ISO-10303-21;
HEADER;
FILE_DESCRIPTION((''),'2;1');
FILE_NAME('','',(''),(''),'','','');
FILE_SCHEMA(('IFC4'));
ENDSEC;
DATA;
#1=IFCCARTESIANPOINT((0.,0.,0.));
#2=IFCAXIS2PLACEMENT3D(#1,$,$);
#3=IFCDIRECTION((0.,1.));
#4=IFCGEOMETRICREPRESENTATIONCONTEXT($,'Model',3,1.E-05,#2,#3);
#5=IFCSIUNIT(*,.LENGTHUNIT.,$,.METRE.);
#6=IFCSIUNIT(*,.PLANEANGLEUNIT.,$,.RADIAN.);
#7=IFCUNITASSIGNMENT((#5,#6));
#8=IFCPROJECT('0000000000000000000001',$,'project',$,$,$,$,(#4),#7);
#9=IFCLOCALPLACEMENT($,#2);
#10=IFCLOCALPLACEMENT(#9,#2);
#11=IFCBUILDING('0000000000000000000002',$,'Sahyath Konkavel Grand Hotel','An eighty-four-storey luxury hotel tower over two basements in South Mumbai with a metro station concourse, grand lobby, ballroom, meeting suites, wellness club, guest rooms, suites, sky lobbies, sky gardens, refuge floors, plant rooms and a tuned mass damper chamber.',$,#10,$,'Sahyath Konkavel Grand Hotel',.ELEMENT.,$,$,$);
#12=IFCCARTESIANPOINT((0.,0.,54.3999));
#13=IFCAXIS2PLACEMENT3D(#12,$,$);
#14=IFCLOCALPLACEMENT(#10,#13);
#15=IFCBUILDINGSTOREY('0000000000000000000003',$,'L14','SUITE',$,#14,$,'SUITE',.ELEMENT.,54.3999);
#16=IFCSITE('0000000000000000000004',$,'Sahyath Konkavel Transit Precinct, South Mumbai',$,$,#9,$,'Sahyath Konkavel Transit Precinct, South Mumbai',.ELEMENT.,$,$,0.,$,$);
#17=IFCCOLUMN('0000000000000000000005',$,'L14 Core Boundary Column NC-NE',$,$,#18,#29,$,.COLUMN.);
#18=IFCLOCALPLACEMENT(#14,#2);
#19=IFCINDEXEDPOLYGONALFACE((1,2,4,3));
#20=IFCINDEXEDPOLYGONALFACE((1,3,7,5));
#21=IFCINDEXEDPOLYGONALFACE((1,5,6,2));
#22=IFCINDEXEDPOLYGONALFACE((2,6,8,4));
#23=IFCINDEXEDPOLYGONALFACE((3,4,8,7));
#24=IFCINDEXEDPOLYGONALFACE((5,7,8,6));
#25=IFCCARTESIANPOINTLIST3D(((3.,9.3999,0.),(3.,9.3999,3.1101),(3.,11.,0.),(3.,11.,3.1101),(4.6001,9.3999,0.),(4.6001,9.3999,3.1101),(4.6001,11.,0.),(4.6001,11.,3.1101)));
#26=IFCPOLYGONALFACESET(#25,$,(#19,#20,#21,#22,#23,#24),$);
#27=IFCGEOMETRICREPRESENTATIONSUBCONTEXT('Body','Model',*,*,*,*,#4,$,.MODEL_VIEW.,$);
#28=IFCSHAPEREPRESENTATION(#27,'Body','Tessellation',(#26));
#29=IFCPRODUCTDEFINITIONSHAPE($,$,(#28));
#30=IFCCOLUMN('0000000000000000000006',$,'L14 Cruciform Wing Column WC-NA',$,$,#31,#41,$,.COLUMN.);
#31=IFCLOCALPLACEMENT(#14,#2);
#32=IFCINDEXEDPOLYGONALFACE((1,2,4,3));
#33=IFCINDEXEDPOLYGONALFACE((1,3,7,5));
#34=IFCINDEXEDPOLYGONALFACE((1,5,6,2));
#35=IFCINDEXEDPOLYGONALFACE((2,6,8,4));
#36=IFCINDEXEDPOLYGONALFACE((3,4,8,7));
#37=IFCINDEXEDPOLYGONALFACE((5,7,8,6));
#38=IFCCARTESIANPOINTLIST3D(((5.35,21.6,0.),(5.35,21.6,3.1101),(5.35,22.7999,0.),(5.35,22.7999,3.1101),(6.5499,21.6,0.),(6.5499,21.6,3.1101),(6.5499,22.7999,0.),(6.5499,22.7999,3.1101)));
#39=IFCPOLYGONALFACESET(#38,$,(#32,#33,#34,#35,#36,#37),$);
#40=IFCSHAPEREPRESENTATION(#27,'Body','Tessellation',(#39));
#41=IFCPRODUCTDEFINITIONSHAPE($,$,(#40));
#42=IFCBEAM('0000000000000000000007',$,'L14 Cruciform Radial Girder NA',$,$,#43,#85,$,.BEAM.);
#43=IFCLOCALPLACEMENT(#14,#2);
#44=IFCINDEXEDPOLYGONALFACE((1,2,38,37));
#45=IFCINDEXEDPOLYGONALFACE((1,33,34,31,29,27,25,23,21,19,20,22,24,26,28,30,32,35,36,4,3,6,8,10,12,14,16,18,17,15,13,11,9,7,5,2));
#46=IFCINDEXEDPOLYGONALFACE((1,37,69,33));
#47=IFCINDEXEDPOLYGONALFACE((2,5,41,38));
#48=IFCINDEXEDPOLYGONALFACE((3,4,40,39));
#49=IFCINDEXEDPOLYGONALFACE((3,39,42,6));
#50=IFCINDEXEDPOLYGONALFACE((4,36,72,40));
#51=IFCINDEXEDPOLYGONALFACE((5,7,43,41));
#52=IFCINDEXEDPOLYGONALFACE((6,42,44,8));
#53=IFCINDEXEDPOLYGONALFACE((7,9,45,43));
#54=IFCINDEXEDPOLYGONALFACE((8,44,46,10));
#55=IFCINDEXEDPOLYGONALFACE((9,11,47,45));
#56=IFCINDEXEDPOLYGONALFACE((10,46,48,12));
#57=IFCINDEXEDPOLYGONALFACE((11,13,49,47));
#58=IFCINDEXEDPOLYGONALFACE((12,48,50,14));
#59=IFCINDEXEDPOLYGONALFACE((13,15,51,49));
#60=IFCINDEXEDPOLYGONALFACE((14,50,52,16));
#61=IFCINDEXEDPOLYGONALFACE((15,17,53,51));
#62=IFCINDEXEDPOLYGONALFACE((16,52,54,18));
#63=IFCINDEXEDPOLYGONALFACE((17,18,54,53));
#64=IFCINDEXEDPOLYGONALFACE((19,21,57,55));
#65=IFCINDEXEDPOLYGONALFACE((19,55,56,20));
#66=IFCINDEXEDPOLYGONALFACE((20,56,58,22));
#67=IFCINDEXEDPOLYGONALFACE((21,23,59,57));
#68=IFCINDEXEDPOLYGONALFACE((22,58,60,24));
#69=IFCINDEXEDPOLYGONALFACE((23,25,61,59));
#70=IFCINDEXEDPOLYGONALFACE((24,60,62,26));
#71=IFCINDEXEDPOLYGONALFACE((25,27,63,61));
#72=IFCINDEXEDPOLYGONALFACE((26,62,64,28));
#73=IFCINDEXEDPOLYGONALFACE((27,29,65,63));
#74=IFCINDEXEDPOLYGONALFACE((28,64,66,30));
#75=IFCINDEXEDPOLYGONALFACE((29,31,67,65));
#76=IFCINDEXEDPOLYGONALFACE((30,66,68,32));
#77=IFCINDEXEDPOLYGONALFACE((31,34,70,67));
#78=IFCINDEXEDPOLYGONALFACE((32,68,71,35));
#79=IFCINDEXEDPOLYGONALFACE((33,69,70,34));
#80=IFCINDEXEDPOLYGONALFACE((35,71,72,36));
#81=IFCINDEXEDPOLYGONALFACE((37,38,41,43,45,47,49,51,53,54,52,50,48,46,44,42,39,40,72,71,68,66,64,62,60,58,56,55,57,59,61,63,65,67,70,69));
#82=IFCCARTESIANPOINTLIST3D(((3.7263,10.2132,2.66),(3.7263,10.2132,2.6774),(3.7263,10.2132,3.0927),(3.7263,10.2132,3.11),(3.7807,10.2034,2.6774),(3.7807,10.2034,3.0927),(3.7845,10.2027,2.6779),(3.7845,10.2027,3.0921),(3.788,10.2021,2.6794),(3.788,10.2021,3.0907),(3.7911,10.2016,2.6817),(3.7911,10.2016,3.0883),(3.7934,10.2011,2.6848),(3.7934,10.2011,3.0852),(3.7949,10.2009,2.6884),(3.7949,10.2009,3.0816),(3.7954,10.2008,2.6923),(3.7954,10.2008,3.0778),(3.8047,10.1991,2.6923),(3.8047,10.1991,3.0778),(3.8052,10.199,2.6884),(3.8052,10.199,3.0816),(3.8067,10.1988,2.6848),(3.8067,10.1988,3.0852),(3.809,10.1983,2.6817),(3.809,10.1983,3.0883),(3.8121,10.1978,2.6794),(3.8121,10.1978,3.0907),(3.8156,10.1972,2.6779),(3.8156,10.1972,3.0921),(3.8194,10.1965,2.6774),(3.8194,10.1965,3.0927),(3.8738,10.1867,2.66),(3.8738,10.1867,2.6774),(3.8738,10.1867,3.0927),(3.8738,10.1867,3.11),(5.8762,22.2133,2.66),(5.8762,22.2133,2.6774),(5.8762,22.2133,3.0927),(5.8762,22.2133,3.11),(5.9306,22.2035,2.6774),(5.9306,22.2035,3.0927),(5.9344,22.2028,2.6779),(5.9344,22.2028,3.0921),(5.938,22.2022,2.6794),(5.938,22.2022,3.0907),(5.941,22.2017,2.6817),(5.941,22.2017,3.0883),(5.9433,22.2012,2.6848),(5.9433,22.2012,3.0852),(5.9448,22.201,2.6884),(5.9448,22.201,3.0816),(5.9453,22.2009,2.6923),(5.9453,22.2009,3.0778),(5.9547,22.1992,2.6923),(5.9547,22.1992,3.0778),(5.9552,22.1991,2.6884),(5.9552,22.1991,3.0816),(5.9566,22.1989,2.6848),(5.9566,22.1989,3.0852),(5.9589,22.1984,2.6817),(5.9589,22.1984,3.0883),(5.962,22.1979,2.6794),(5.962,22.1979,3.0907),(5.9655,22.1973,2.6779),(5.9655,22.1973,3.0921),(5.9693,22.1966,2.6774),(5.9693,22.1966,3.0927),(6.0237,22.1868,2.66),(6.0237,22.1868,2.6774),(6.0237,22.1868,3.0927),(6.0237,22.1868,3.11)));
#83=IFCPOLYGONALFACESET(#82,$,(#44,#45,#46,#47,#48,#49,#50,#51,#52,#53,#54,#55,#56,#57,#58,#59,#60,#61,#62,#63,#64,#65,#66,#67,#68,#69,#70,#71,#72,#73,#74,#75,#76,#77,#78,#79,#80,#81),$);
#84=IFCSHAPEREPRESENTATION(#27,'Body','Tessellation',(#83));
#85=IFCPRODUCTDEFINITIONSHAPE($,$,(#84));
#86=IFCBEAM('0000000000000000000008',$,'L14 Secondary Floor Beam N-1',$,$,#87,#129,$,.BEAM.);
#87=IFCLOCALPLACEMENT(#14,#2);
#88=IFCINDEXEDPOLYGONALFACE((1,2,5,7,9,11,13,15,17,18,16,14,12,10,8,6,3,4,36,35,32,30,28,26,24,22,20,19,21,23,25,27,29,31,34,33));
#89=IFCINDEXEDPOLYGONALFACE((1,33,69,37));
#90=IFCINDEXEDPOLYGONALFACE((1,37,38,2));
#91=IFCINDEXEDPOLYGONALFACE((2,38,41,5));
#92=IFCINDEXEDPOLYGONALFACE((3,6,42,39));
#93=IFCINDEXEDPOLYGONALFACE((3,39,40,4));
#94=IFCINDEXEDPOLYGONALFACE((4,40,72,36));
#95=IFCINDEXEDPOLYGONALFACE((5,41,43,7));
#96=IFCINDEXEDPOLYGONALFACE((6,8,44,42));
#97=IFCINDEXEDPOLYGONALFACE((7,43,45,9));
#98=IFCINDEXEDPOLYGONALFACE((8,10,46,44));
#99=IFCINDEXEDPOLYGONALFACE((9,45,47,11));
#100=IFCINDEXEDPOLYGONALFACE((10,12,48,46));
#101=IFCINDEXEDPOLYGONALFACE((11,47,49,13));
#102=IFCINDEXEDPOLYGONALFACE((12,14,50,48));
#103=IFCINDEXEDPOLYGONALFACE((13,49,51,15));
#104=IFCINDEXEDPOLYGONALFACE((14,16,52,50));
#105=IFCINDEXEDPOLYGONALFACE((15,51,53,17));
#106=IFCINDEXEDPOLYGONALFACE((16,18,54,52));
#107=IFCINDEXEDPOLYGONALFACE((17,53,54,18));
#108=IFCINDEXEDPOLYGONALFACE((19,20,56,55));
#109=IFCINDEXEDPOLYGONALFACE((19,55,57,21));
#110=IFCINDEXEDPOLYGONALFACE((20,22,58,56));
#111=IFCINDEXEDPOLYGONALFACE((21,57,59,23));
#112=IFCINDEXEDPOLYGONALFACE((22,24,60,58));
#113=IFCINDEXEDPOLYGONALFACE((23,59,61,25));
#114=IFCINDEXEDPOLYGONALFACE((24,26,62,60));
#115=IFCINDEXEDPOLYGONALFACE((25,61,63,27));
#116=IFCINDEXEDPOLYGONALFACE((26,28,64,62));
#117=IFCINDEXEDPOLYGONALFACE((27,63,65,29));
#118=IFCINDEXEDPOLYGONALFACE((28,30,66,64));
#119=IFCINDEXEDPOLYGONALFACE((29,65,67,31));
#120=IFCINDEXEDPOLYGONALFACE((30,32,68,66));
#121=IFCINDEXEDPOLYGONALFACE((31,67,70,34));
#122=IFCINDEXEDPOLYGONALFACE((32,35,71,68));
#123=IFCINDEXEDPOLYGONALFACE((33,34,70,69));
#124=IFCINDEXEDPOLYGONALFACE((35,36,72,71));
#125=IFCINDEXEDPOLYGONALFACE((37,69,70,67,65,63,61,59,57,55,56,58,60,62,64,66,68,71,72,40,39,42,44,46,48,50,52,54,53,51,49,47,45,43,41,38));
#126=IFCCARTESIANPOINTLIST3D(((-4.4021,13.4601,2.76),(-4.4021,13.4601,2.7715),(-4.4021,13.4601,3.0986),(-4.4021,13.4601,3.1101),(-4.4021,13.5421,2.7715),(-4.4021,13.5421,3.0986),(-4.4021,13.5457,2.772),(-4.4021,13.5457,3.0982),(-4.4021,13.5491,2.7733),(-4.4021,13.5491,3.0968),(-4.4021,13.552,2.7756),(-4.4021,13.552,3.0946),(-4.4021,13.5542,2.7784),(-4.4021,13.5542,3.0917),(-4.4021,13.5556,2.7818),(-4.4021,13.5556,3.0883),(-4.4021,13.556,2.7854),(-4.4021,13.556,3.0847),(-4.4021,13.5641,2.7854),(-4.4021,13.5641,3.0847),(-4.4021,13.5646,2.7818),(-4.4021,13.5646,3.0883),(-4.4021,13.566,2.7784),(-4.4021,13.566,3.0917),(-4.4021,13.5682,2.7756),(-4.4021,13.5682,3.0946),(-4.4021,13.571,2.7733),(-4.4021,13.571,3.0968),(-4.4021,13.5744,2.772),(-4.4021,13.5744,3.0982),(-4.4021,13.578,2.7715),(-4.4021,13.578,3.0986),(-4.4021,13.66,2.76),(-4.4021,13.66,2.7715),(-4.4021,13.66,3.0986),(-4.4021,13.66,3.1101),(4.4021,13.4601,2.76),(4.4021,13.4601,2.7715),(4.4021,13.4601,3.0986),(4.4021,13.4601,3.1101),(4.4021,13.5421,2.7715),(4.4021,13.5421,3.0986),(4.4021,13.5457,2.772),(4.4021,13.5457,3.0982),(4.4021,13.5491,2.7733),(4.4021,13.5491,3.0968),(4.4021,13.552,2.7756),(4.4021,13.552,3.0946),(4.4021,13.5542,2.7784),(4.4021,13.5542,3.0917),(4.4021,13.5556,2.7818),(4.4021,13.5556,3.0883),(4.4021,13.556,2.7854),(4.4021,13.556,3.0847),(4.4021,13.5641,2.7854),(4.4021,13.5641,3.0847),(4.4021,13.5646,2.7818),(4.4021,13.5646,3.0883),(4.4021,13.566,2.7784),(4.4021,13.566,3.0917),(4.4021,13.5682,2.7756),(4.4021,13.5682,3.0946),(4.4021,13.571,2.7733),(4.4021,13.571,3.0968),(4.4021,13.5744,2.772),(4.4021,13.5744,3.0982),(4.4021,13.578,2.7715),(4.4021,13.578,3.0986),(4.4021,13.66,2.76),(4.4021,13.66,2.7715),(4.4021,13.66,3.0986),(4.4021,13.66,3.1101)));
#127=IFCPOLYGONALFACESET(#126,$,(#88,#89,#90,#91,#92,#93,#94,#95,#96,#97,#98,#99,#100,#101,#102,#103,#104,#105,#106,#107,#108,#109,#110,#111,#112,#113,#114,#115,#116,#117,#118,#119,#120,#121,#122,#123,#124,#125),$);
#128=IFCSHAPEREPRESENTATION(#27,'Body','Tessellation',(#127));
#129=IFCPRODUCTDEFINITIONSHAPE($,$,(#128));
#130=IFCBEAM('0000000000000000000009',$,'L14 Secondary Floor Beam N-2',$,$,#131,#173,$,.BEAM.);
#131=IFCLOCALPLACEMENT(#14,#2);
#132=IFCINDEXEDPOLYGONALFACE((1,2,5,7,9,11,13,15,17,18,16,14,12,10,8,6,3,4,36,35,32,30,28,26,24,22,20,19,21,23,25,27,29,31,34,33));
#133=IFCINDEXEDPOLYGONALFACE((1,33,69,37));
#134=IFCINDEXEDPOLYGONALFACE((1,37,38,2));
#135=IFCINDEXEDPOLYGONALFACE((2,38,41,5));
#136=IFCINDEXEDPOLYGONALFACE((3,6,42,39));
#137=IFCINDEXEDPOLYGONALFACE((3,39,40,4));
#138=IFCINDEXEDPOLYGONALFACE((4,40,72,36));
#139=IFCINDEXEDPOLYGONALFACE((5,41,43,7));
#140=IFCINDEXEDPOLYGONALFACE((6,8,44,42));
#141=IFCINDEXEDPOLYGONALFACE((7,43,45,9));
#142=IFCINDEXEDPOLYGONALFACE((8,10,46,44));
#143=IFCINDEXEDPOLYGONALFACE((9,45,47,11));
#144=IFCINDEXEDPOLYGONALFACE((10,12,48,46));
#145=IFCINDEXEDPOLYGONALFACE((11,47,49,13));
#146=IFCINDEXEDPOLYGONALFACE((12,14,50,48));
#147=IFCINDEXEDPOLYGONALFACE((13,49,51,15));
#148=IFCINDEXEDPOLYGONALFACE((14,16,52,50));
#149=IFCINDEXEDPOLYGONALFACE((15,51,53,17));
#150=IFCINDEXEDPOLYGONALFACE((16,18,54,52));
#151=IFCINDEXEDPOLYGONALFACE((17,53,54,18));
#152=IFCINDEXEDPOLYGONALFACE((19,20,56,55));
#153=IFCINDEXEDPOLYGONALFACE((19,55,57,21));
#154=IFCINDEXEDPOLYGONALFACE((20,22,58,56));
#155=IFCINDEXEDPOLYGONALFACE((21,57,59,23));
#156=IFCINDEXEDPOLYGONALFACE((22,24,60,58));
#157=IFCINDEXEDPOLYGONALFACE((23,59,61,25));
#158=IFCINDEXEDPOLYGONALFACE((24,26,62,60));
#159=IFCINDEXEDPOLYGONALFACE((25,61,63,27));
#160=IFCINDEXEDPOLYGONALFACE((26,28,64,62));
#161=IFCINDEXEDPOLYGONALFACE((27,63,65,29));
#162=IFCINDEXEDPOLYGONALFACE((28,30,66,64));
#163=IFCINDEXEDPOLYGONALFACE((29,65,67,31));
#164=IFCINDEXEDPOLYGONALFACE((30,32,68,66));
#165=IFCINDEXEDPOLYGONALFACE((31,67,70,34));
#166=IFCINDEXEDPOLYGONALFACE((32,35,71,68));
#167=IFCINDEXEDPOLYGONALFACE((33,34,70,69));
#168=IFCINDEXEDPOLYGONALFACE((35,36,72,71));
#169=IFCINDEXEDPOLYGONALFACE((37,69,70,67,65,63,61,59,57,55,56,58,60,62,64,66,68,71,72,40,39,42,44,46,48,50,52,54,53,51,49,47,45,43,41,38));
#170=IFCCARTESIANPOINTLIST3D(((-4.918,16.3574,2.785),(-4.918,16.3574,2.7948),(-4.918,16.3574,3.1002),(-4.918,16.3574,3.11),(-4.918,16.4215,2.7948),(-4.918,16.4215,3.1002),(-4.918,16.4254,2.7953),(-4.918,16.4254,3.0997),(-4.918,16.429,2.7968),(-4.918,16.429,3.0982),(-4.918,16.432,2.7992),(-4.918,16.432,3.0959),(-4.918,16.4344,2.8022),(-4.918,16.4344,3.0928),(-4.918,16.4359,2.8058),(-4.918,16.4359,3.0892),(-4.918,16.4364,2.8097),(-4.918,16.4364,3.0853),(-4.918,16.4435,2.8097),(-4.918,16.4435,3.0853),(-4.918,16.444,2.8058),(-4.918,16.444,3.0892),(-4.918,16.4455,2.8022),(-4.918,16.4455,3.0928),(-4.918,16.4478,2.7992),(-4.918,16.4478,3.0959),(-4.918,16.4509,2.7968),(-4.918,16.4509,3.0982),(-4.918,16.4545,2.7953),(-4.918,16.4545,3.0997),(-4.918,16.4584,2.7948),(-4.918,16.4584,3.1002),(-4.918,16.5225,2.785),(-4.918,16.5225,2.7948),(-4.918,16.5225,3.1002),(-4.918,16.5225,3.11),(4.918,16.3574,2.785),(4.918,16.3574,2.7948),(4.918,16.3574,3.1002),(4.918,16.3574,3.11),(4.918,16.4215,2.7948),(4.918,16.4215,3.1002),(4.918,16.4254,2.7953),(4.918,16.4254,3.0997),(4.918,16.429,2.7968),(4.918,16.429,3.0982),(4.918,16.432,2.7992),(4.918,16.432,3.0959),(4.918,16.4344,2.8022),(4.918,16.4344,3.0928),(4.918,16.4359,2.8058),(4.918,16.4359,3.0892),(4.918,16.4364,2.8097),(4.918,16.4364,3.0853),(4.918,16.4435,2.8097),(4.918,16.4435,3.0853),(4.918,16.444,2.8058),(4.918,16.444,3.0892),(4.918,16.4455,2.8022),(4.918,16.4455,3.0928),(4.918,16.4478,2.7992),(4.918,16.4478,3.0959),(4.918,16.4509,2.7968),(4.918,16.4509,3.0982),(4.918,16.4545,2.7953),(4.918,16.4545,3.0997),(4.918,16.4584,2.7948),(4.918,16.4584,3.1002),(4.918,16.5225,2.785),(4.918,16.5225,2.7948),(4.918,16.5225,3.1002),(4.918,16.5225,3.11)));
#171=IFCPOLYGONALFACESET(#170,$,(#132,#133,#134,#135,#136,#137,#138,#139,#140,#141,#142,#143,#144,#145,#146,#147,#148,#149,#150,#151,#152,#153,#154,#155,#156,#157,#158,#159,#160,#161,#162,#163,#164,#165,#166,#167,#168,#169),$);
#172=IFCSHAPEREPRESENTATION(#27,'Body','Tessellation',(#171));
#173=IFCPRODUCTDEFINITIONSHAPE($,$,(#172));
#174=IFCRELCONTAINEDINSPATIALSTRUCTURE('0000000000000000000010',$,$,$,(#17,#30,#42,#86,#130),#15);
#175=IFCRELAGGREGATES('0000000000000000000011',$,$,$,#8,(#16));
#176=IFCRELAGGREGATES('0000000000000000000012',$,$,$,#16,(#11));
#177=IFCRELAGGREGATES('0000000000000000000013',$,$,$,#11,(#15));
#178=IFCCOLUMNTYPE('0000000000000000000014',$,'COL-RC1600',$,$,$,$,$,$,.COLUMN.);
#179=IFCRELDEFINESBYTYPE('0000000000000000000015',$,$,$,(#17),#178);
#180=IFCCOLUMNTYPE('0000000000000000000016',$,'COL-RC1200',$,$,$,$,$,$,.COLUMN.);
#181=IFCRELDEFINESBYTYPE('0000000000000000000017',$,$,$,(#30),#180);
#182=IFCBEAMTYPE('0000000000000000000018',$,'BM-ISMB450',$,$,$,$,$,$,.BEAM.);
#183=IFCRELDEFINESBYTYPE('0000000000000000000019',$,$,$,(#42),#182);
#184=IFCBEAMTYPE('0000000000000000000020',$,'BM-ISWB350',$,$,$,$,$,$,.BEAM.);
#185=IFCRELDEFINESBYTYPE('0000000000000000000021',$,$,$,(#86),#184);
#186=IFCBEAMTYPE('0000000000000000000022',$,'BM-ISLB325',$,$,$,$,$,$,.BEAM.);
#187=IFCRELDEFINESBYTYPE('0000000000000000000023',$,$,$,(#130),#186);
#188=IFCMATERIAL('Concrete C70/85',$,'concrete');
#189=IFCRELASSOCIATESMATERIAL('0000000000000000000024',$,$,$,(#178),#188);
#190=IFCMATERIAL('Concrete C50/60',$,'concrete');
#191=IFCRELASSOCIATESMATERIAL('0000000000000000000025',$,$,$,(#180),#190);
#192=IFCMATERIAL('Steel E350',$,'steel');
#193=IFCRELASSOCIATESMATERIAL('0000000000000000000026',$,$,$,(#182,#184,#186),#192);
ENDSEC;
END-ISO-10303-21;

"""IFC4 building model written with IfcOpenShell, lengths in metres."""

from ifc_helpers import new_model, si_unit, direction, frame, origin, origin_2d, place, context, subcontext, project, spatial, rectangle, i_section, extrude, source, transform, mapped, material, material_profile, profile_set, type_object, element, save


model = new_model("IFC4")

# Units and contexts
model_context = context("Model", 3, precision=1e-05, world=origin(), true_north=direction((0.0, 1.0)))
body_context = subcontext(model_context, "Body", "Model", "MODEL_VIEW")
ifc_project = project(units=[si_unit("LENGTHUNIT", "METRE"), si_unit("PLANEANGLEUNIT", "RADIAN")], contexts=[model_context])

# Site, building, storey
site_placement = place(None, origin())
site = spatial("IfcSite", under=ifc_project, at=site_placement, Name="Sahyath Konkavel Transit Precinct, South Mumbai", LongName="Sahyath Konkavel Transit Precinct, South Mumbai", CompositionType="ELEMENT", RefElevation=0.0)
building_placement = place(site_placement, origin())
building = spatial("IfcBuilding", under=site, at=building_placement, Name="Sahyath Konkavel Grand Hotel", Description="An eighty-four-storey luxury hotel tower over two basements in South Mumbai with a metro station concourse, grand lobby, ballroom, meeting suites, wellness club, guest rooms, suites, sky lobbies, sky gardens, refuge floors, plant rooms and a tuned mass damper chamber.", LongName="Sahyath Konkavel Grand Hotel", CompositionType="ELEMENT")
storey_placement = place(building_placement, frame((0.0, 0.0, 54.3999)))
storey = spatial("IfcBuildingStorey", under=building, at=storey_placement, Name="L14", Description="SUITE", LongName="SUITE", CompositionType="ELEMENT", Elevation=54.3999)

# Columns
ifc_material_1 = material(Name="Concrete C70/85", Category="concrete")
ifc_material_profile_1 = material_profile(ifc_material_1, rectangle(XDim=1.6001, YDim=1.6001, at=origin_2d()), Name="RC 1600x1600")
ifc_profile_set_1 = profile_set([ifc_material_profile_1], Name="Concrete C70/85")
column_type_1 = type_object("IfcColumnType", Name="COL-RC1600", PredefinedType="COLUMN", material=ifc_profile_set_1)
shared_shape_1 = source(origin(), body_context, "Body", "SweptSolid", [
    extrude(rectangle(XDim=1.6001, YDim=1.6001, at=origin_2d()), origin(), (0.0, 0.0, 1.0), 3.1101),
])
column_1_placement = place(storey_placement, frame((3.8, 10.2, 0.0), z_axis=(0.0, 0.0, 1.0), x_axis=(1.0, 0.0, 0.0)))
element("IfcColumn", 1, at=column_1_placement, inside=storey, type_object=column_type_1, Name="L14 Core Boundary Column NC-NE", PredefinedType="COLUMN", context=body_context, shape_type="MappedRepresentation", body=[
    mapped(shared_shape_1, transform((0.0, 0.0, 0.0), scale=1.0)),
])
ifc_material_2 = material(Name="Concrete C50/60", Category="concrete")
ifc_material_profile_2 = material_profile(ifc_material_2, rectangle(XDim=1.2, YDim=1.2, at=origin_2d()), Name="RC 1200x1200")
ifc_profile_set_2 = profile_set([ifc_material_profile_2], Name="Concrete C50/60")
column_type_2 = type_object("IfcColumnType", Name="COL-RC1200", PredefinedType="COLUMN", material=ifc_profile_set_2)
shared_shape_2 = source(origin(), body_context, "Body", "SweptSolid", [
    extrude(rectangle(XDim=1.2, YDim=1.2, at=origin_2d()), origin(), (0.0, 0.0, 1.0), 3.1101),
])
column_2_placement = place(storey_placement, frame((5.95, 22.2, 0.0), z_axis=(0.0, 0.0, 1.0), x_axis=(1.0, 0.0, 0.0)))
element("IfcColumn", 2, at=column_2_placement, inside=storey, type_object=column_type_2, Name="L14 Cruciform Wing Column WC-NA", PredefinedType="COLUMN", context=body_context, shape_type="MappedRepresentation", body=[
    mapped(shared_shape_2, transform((0.0, 0.0, 0.0), scale=1.0)),
])

# Beams
ifc_material_3 = material(Name="Steel E350", Category="steel")
ifc_material_profile_3 = material_profile(ifc_material_3, i_section(OverallWidth=0.1499, OverallDepth=0.45, WebThickness=0.0095, FlangeThickness=0.0173, FilletRadius=0.0149, at=origin_2d()), Name="ISMB 450")
ifc_profile_set_3 = profile_set([ifc_material_profile_3], Name="Steel E350")
beam_type_1 = type_object("IfcBeamType", Name="BM-ISMB450", PredefinedType="BEAM", material=ifc_profile_set_3)
shared_shape_3 = source(origin(), body_context, "Body", "SweptSolid", [
    extrude(i_section(OverallWidth=0.1499, OverallDepth=0.45, WebThickness=0.0095, FlangeThickness=0.0173, FilletRadius=0.0149, at=origin_2d()), origin(), (0.0, 0.0, 1.0), 12.1912),
])
beam_1_placement = place(storey_placement, frame((3.8, 10.2, 2.885), z_axis=(0.176351, 0.984327, 0.0), x_axis=(-0.984327, 0.176351, 0.0)))
element("IfcBeam", 3, at=beam_1_placement, inside=storey, type_object=beam_type_1, Name="L14 Cruciform Radial Girder NA", PredefinedType="BEAM", context=body_context, shape_type="MappedRepresentation", body=[
    mapped(shared_shape_3, transform((0.0, 0.0, 0.0), scale=1.0)),
])
ifc_material_profile_4 = material_profile(ifc_material_3, i_section(OverallWidth=0.2, OverallDepth=0.3501, WebThickness=0.0081, FlangeThickness=0.0115, FilletRadius=0.0139, at=origin_2d()), Name="ISWB 350")
ifc_profile_set_4 = profile_set([ifc_material_profile_4], Name="Steel E350")
beam_type_2 = type_object("IfcBeamType", Name="BM-ISWB350", PredefinedType="BEAM", material=ifc_profile_set_4)
shared_shape_4 = source(origin(), body_context, "Body", "SweptSolid", [
    extrude(i_section(OverallWidth=0.2, OverallDepth=0.3501, WebThickness=0.0081, FlangeThickness=0.0115, FilletRadius=0.0139, at=origin_2d()), origin(), (0.0, 0.0, 1.0), 8.8042),
])
beam_2_placement = place(storey_placement, frame((4.4021, 13.5601, 2.9351), z_axis=(-1.0, 0.0, 0.0), x_axis=(0.0, -1.0, 0.0)))
element("IfcBeam", 4, at=beam_2_placement, inside=storey, type_object=beam_type_2, Name="L14 Secondary Floor Beam N-1", PredefinedType="BEAM", context=body_context, shape_type="MappedRepresentation", body=[
    mapped(shared_shape_4, transform((0.0, 0.0, 0.0), scale=1.0)),
])
ifc_material_profile_5 = material_profile(ifc_material_3, i_section(OverallWidth=0.165, OverallDepth=0.325, WebThickness=0.0071, FlangeThickness=0.0098, FilletRadius=0.0149, at=origin_2d()), Name="ISLB 325")
ifc_profile_set_5 = profile_set([ifc_material_profile_5], Name="Steel E350")
beam_type_3 = type_object("IfcBeamType", Name="BM-ISLB325", PredefinedType="BEAM", material=ifc_profile_set_5)
shared_shape_5 = source(origin(), body_context, "Body", "SweptSolid", [
    extrude(i_section(OverallWidth=0.165, OverallDepth=0.325, WebThickness=0.0071, FlangeThickness=0.0098, FilletRadius=0.0149, at=origin_2d()), origin(), (0.0, 0.0, 1.0), 9.8359),
])
beam_3_placement = place(storey_placement, frame((4.918, 16.4399, 2.9475), z_axis=(-1.0, 0.0, 0.0), x_axis=(0.0, -1.0, 0.0)))
element("IfcBeam", 5, at=beam_3_placement, inside=storey, type_object=beam_type_3, Name="L14 Secondary Floor Beam N-2", PredefinedType="BEAM", context=body_context, shape_type="MappedRepresentation", body=[
    mapped(shared_shape_5, transform((0.0, 0.0, 0.0), scale=1.0)),
])

save(model, "model.ifc")
